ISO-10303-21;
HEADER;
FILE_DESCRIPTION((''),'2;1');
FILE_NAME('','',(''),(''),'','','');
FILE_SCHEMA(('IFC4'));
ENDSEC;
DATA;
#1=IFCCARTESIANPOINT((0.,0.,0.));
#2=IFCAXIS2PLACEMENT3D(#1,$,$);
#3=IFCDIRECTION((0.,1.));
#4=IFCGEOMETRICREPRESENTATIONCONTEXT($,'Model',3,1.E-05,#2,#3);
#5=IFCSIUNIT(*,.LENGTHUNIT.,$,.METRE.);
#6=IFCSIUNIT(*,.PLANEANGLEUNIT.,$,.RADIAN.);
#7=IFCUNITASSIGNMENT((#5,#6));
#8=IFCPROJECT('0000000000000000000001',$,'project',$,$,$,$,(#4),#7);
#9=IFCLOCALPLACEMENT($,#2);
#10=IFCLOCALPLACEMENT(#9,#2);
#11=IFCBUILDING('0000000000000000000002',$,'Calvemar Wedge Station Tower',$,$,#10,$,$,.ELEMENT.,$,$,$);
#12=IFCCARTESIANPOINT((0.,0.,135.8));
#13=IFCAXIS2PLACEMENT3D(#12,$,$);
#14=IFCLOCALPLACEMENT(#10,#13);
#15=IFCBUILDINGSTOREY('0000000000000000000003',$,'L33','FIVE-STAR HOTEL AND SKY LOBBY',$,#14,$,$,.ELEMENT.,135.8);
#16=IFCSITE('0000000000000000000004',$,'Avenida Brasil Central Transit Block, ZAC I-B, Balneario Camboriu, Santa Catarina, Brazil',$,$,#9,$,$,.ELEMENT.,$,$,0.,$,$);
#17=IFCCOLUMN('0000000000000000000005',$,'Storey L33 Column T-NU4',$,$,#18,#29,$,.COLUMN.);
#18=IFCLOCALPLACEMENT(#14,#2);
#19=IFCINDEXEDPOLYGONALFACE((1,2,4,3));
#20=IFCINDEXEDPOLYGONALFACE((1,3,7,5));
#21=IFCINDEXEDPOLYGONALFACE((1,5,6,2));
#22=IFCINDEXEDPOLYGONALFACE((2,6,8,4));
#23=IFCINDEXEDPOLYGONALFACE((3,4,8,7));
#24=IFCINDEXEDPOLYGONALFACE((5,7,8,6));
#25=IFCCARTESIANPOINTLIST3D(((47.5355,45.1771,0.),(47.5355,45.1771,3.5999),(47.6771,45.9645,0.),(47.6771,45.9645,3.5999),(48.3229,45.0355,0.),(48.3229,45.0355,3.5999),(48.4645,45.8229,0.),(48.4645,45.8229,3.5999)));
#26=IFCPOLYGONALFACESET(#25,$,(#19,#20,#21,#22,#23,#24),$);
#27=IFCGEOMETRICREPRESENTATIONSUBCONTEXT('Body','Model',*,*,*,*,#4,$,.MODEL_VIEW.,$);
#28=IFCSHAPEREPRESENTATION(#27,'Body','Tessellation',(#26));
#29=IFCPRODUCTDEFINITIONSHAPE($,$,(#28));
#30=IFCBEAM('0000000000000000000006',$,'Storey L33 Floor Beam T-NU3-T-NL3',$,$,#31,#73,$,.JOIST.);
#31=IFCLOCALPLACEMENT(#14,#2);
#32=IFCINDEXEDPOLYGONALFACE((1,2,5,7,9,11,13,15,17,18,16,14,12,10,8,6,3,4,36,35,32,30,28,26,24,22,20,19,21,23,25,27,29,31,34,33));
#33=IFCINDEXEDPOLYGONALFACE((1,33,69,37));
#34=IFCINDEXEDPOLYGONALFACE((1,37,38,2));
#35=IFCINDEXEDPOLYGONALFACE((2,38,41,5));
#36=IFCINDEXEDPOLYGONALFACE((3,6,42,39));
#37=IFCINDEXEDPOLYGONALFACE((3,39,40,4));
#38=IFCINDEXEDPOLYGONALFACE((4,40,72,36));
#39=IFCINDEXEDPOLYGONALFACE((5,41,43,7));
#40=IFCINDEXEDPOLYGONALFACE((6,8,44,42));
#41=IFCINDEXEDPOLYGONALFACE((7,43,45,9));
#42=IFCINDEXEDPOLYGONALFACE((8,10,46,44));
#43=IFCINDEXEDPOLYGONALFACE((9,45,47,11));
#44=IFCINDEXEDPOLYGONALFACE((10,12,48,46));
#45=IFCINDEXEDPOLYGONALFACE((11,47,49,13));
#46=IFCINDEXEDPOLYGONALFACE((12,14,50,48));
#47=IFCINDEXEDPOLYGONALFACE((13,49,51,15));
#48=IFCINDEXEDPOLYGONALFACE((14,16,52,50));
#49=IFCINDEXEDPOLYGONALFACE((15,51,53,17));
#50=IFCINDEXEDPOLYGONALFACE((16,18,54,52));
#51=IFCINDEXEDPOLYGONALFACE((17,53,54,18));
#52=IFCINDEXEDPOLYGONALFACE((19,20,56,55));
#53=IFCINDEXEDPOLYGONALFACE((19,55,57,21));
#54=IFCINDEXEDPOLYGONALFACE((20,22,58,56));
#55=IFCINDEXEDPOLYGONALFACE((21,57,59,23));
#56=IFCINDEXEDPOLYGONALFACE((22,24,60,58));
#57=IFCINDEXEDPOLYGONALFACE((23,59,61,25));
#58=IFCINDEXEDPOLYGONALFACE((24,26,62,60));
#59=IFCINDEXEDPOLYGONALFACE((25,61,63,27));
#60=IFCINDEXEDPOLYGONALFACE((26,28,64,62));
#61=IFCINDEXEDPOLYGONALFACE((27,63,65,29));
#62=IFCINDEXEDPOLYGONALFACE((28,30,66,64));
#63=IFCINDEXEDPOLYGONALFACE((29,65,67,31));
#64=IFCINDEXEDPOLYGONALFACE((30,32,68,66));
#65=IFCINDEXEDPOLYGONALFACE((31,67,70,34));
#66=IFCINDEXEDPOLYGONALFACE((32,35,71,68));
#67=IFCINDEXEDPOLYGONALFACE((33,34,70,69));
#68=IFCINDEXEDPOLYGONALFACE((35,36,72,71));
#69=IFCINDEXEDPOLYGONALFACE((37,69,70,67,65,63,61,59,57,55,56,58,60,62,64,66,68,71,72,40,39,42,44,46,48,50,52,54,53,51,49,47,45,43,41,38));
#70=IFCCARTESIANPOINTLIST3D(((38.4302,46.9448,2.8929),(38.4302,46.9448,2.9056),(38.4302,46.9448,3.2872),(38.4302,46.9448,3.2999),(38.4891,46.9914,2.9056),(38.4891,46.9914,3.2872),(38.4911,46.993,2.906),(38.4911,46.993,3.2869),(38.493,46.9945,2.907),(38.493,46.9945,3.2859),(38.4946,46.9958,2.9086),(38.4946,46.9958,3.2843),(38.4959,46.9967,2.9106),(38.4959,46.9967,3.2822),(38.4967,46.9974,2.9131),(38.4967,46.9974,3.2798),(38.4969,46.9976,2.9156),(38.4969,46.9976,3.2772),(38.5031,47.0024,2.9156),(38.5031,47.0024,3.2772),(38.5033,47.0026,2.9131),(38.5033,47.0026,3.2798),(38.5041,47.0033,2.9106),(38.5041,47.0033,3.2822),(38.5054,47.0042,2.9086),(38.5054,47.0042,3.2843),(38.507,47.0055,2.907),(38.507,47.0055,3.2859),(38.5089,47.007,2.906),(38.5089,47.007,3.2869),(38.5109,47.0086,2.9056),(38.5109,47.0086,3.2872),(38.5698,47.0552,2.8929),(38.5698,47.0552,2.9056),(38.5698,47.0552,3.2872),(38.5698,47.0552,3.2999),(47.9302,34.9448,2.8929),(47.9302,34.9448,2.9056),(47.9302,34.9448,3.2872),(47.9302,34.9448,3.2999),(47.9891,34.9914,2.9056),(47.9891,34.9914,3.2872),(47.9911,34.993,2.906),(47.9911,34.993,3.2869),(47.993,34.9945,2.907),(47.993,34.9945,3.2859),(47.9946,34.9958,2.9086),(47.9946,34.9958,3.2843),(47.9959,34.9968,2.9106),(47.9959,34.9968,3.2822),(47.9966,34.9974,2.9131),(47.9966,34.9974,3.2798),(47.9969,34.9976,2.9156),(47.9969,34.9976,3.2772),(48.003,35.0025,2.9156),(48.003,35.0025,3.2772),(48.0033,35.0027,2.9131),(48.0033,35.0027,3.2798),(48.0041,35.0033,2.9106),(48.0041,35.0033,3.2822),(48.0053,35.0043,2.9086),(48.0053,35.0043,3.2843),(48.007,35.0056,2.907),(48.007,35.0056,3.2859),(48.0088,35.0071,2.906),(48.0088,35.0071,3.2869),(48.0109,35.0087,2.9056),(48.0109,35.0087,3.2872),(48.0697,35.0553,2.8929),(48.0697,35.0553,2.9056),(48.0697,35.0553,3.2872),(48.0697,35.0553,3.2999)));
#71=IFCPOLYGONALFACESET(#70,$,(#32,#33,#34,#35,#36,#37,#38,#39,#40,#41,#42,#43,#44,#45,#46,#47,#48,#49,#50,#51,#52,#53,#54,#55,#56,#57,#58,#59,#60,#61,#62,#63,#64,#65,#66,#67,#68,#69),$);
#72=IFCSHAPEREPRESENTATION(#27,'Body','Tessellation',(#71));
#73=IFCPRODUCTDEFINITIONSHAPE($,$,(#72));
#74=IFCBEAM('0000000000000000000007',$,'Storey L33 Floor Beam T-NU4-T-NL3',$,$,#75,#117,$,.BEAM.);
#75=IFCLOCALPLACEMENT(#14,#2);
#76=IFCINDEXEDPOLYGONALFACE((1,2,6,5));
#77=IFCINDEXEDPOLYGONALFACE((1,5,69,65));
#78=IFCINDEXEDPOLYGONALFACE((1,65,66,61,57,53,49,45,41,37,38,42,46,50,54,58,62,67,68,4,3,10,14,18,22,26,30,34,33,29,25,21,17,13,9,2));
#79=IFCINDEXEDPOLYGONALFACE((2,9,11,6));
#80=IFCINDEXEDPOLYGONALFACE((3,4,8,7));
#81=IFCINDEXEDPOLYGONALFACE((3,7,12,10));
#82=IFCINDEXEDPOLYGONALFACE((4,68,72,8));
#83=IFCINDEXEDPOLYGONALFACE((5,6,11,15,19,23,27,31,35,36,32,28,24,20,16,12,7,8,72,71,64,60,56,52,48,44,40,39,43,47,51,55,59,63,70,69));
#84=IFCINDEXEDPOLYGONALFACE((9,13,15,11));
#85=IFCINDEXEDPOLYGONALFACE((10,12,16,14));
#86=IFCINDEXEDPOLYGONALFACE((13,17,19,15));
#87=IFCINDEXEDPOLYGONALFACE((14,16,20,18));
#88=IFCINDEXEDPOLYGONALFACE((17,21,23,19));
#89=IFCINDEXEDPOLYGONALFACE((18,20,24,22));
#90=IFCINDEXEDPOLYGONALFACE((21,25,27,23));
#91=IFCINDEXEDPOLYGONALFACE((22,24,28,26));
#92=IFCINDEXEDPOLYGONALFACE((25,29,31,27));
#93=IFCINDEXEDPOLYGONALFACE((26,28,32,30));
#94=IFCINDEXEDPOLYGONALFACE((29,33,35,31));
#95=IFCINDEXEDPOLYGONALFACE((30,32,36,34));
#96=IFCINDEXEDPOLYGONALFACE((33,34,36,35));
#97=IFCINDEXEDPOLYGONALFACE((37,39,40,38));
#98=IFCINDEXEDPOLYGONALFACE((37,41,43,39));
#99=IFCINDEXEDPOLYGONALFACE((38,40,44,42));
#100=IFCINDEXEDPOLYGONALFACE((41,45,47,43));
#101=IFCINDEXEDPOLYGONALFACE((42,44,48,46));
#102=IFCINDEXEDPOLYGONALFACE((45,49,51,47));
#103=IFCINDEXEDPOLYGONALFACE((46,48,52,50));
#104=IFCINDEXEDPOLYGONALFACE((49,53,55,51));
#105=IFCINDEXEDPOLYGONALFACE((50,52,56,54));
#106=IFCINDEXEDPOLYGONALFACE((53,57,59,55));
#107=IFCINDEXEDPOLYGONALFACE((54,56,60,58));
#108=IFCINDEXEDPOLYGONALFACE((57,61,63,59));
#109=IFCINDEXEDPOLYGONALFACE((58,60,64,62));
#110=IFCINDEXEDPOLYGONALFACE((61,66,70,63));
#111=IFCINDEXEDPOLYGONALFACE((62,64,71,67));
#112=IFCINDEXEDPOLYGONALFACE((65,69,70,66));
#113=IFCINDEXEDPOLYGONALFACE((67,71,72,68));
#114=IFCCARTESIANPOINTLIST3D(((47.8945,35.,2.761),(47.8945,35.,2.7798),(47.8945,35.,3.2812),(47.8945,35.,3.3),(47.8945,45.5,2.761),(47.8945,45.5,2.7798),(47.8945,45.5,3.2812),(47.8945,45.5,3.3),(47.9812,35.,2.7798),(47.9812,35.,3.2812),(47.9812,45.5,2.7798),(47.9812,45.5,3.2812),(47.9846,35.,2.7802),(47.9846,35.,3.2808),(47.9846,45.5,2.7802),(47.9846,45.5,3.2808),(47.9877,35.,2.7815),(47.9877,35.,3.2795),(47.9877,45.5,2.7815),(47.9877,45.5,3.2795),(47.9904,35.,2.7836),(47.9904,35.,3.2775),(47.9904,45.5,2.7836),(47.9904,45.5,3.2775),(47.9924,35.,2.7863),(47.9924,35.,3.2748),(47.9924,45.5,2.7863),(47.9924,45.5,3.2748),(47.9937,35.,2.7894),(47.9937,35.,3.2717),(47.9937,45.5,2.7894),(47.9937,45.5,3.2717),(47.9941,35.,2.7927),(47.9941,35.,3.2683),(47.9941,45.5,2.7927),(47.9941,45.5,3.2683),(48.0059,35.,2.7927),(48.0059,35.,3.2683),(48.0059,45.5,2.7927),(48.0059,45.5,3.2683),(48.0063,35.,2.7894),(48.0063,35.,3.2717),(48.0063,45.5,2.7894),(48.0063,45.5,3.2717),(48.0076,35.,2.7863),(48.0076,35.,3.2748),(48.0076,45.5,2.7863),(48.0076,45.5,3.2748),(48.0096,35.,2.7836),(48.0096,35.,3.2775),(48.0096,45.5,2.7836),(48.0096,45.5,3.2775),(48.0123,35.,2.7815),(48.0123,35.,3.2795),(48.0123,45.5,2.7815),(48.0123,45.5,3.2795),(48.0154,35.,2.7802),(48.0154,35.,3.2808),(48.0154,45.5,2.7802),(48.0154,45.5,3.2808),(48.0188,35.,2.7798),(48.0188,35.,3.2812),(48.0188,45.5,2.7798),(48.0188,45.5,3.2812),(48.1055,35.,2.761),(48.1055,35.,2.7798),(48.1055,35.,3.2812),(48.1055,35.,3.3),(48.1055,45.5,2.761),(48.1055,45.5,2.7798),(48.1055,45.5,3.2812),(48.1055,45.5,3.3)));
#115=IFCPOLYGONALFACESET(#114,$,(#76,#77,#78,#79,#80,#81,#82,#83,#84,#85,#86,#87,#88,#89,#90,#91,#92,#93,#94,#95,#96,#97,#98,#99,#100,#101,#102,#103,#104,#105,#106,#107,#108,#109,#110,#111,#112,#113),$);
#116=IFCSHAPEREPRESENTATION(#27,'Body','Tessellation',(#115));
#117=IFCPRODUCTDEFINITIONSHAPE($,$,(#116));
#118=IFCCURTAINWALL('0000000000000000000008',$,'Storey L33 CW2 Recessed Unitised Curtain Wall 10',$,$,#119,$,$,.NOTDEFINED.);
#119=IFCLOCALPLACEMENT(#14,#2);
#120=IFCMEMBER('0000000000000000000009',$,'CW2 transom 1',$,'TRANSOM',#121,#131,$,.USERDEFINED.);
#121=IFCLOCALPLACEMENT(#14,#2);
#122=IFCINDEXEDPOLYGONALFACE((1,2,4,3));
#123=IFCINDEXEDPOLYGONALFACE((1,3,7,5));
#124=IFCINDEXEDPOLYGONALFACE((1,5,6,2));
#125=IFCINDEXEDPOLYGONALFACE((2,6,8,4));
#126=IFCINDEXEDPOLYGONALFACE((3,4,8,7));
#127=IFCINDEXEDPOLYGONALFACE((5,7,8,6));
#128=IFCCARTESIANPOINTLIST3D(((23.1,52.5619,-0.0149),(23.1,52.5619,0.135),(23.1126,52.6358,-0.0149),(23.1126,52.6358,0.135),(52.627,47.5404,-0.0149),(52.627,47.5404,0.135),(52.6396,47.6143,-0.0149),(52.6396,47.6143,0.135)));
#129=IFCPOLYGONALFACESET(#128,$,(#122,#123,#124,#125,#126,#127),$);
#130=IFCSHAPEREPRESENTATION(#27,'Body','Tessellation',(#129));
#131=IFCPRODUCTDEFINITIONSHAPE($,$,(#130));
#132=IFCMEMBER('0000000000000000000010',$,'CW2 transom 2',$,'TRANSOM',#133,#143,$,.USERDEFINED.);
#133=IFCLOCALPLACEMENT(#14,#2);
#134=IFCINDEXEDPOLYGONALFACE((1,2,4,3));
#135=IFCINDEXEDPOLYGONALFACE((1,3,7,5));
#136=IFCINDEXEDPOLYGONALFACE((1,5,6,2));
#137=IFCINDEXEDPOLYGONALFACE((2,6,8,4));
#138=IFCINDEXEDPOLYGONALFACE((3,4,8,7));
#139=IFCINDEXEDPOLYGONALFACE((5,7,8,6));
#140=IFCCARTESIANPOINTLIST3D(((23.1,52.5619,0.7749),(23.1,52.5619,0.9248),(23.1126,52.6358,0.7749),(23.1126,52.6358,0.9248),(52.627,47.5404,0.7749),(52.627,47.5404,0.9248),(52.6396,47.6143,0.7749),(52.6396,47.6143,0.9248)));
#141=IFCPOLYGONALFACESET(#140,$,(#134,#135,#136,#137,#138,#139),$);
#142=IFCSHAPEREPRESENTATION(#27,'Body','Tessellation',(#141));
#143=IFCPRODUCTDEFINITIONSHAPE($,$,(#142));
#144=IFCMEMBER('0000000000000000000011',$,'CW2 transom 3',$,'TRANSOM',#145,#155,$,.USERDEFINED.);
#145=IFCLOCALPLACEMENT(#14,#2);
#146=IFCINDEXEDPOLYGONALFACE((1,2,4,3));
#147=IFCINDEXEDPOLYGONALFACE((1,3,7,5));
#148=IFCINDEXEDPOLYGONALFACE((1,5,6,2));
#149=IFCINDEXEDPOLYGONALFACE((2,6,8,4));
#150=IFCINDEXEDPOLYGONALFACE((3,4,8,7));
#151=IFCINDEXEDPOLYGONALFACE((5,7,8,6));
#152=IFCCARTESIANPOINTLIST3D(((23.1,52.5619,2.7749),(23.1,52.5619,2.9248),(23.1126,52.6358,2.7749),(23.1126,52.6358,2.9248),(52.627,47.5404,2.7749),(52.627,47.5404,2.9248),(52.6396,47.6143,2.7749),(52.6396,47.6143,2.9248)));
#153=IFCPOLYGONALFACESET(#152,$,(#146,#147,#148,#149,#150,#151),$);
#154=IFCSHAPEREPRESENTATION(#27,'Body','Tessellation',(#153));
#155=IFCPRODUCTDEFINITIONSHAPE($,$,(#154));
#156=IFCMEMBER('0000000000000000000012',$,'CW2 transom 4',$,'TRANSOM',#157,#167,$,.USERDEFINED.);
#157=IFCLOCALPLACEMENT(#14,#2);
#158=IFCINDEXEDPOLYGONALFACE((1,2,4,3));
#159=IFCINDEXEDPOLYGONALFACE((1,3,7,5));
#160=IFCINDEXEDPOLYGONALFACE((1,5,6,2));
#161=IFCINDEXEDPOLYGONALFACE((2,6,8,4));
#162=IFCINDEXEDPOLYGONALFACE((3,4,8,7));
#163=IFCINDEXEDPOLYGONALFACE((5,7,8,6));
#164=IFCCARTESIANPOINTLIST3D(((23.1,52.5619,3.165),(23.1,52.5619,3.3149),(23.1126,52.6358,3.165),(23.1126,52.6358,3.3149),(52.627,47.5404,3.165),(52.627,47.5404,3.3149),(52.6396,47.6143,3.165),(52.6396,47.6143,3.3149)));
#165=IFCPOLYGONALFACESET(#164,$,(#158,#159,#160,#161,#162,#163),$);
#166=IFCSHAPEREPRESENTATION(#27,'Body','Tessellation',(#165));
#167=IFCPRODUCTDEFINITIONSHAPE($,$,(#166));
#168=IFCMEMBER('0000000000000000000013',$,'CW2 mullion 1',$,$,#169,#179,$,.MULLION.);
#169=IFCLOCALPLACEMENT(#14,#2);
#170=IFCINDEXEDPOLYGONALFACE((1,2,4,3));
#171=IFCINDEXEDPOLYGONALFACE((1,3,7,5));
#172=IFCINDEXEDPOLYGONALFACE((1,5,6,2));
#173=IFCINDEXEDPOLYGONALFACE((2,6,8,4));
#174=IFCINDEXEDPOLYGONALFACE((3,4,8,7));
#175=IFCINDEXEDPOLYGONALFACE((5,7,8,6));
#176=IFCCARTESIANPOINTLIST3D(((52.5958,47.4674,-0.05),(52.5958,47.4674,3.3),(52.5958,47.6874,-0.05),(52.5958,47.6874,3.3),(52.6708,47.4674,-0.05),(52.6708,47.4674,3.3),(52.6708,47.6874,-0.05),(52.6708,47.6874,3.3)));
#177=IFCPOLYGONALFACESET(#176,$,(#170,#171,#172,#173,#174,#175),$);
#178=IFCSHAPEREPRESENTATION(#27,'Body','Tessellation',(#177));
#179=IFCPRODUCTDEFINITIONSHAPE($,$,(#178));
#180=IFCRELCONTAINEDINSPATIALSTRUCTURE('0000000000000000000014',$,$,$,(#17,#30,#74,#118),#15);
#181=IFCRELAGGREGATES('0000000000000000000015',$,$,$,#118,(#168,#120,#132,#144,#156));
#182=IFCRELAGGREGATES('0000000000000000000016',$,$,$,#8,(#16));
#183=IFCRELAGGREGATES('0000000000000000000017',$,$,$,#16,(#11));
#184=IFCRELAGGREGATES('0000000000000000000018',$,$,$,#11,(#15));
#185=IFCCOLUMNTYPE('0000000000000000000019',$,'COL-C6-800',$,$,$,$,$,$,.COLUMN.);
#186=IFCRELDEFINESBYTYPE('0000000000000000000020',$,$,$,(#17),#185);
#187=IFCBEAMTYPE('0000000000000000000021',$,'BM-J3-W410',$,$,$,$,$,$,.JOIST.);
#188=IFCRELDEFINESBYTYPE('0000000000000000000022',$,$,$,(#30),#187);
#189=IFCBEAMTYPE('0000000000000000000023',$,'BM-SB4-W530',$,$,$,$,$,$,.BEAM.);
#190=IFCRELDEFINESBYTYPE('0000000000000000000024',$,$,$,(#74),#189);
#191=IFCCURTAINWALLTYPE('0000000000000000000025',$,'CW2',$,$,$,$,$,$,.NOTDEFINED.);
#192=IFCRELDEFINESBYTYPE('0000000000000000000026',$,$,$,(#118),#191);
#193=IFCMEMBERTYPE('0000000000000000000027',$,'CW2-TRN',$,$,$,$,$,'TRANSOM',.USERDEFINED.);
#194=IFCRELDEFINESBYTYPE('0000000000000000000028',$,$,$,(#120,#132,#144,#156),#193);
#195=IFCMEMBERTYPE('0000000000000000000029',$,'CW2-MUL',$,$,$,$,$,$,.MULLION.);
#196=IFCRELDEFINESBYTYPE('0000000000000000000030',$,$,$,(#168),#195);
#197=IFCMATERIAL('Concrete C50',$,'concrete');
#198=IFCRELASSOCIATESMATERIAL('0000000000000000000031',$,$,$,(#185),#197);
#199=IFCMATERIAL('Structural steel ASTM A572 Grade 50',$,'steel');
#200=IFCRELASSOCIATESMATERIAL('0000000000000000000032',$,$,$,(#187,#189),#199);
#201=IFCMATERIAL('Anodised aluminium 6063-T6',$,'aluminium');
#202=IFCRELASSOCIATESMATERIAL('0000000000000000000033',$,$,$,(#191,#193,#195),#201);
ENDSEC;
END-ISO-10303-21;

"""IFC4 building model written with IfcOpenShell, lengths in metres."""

from ifc_helpers import new_model, si_unit, direction, frame, origin, origin_2d, place, context, subcontext, project, spatial, rectangle, i_section, extrude, source, transform, mapped, material, material_profile, profile_set, type_object, element, aggregate, save


model = new_model("IFC4")

# Units and contexts
model_context = context("Model", 3, precision=1e-05, world=origin(), true_north=direction((0.0, 1.0)))
body_context = subcontext(model_context, "Body", "Model", "MODEL_VIEW")
ifc_project = project(units=[si_unit("LENGTHUNIT", "METRE"), si_unit("PLANEANGLEUNIT", "RADIAN")], contexts=[model_context])

# Site, building, storey
site_placement = place(None, origin())
site = spatial("IfcSite", under=ifc_project, at=site_placement, Name="Avenida Brasil Central Transit Block, ZAC I-B, Balneario Camboriu, Santa Catarina, Brazil", CompositionType="ELEMENT", RefElevation=0.0)
building_placement = place(site_placement, origin())
building = spatial("IfcBuilding", under=site, at=building_placement, Name="Calvemar Wedge Station Tower", CompositionType="ELEMENT")
storey_placement = place(building_placement, frame((0.0, 0.0, 135.8)))
storey = spatial("IfcBuildingStorey", under=building, at=storey_placement, Name="L33", Description="FIVE-STAR HOTEL AND SKY LOBBY", CompositionType="ELEMENT", Elevation=135.8)

# Column
ifc_material_1 = material(Name="Concrete C50", Category="concrete")
ifc_material_profile_1 = material_profile(ifc_material_1, rectangle(XDim=0.8, YDim=0.8, at=origin_2d()), Name="RC800x800")
ifc_profile_set_1 = profile_set([ifc_material_profile_1], Name="Concrete C50")
column_type = type_object("IfcColumnType", Name="COL-C6-800", PredefinedType="COLUMN", material=ifc_profile_set_1)
shared_shape_1 = source(origin(), body_context, "Body", "SweptSolid", [
    extrude(rectangle(XDim=0.8, YDim=0.8, at=origin_2d()), origin(), (0.0, 0.0, 1.0), 3.5999),
])
column_placement = place(storey_placement, frame((48.0, 45.5, 0.0), z_axis=(0.0, 0.0, 1.0), x_axis=(0.984196, -0.177085, 0.0)))
element("IfcColumn", 1, at=column_placement, inside=storey, type_object=column_type, Name="Storey L33 Column T-NU4", PredefinedType="COLUMN", context=body_context, shape_type="MappedRepresentation", body=[
    mapped(shared_shape_1, transform((0.0, 0.0, 0.0), scale=1.0)),
])

# Beams
ifc_material_2 = material(Name="Structural steel ASTM A572 Grade 50", Category="steel")
ifc_material_profile_2 = material_profile(ifc_material_2, i_section(OverallWidth=0.178, OverallDepth=0.407, WebThickness=0.0078, FlangeThickness=0.0127, FilletRadius=0.01, at=origin_2d()), Name="W410x60")
ifc_profile_set_2 = profile_set([ifc_material_profile_2], Name="Structural steel ASTM A572 Grade 50")
beam_type_1 = type_object("IfcBeamType", Name="BM-J3-W410", PredefinedType="JOIST", material=ifc_profile_set_2)
shared_shape_2 = source(origin(), body_context, "Body", "SweptSolid", [
    extrude(i_section(OverallWidth=0.178, OverallDepth=0.407, WebThickness=0.0078, FlangeThickness=0.0127, FilletRadius=0.01, at=origin_2d()), origin(), (0.0, 0.0, 1.0), 15.3052),
])
beam_1_placement = place(storey_placement, frame((38.5, 47.0, 3.0964), z_axis=(0.620703, -0.784046, 0.0), x_axis=(0.784046, 0.620703, 0.0)))
element("IfcBeam", 2, at=beam_1_placement, inside=storey, type_object=beam_type_1, Name="Storey L33 Floor Beam T-NU3-T-NL3", PredefinedType="JOIST", context=body_context, shape_type="MappedRepresentation", body=[
    mapped(shared_shape_2, transform((0.0, 0.0, 0.0), scale=1.0)),
])
ifc_material_profile_3 = material_profile(ifc_material_2, i_section(OverallWidth=0.2109, OverallDepth=0.5391, WebThickness=0.0117, FlangeThickness=0.0188, FilletRadius=0.0129, at=origin_2d()), Name="W530x109")
ifc_profile_set_3 = profile_set([ifc_material_profile_3], Name="Structural steel ASTM A572 Grade 50")
beam_type_2 = type_object("IfcBeamType", Name="BM-SB4-W530", PredefinedType="BEAM", material=ifc_profile_set_3)
shared_shape_3 = source(origin(), body_context, "Body", "SweptSolid", [
    extrude(i_section(OverallWidth=0.2109, OverallDepth=0.5391, WebThickness=0.0117, FlangeThickness=0.0188, FilletRadius=0.0129, at=origin_2d()), origin(), (0.0, 0.0, 1.0), 10.5),
])
beam_2_placement = place(storey_placement, frame((48.0, 45.5, 3.0305), z_axis=(0.0, -1.0, 0.0), x_axis=(1.0, 0.0, 0.0)))
element("IfcBeam", 3, at=beam_2_placement, inside=storey, type_object=beam_type_2, Name="Storey L33 Floor Beam T-NU4-T-NL3", PredefinedType="BEAM", context=body_context, shape_type="MappedRepresentation", body=[
    mapped(shared_shape_3, transform((0.0, 0.0, 0.0), scale=1.0)),
])

# Curtain wall, members
ifc_material_3 = material(Name="Anodised aluminium 6063-T6", Category="aluminium")
curtain_wall_type = type_object("IfcCurtainWallType", Name="CW2", PredefinedType="NOTDEFINED", material=ifc_material_3)
curtain_wall_placement = place(storey_placement, origin())
curtain_wall = element("IfcCurtainWall", 4, at=curtain_wall_placement, inside=storey, type_object=curtain_wall_type, Name="Storey L33 CW2 Recessed Unitised Curtain Wall 10", PredefinedType="NOTDEFINED")
ifc_material_profile_4 = material_profile(ifc_material_3, rectangle(XDim=0.075, YDim=0.1499, at=origin_2d()), Name="AL-TRN-75x150")
ifc_profile_set_4 = profile_set([ifc_material_profile_4], Name="Anodised aluminium 6063-T6")
member_type_1 = type_object("IfcMemberType", Name="CW2-TRN", ElementType="TRANSOM", PredefinedType="USERDEFINED", material=ifc_profile_set_4)
shared_shape_4 = source(origin(), body_context, "Body", "SweptSolid", [
    extrude(rectangle(XDim=0.075, YDim=0.1499, at=origin_2d()), origin(), (0.0, 0.0, 1.0), 29.9509),
])
member_1_placement = place(storey_placement, frame((52.6333, 47.5774, 0.0601), z_axis=(-0.985845, 0.167656, 0.0), x_axis=(-0.167656, -0.985845, 0.0)))
member_1 = element("IfcMember", 5, at=member_1_placement, type_object=member_type_1, Name="CW2 transom 1", ObjectType="TRANSOM", PredefinedType="USERDEFINED", context=body_context, shape_type="MappedRepresentation", body=[
    mapped(shared_shape_4, transform((0.0, 0.0, 0.0), scale=1.0)),
])
member_2_placement = place(storey_placement, frame((52.6333, 47.5774, 0.8499), z_axis=(-0.985845, 0.167656, 0.0), x_axis=(-0.167656, -0.985845, 0.0)))
member_2 = element("IfcMember", 6, at=member_2_placement, type_object=member_type_1, Name="CW2 transom 2", ObjectType="TRANSOM", PredefinedType="USERDEFINED", context=body_context, shape_type="MappedRepresentation", body=[
    mapped(shared_shape_4, transform((0.0, 0.0, 0.0), scale=1.0)),
])
member_3_placement = place(storey_placement, frame((52.6333, 47.5774, 2.8499), z_axis=(-0.985845, 0.167656, 0.0), x_axis=(-0.167656, -0.985845, 0.0)))
member_3 = element("IfcMember", 7, at=member_3_placement, type_object=member_type_1, Name="CW2 transom 3", ObjectType="TRANSOM", PredefinedType="USERDEFINED", context=body_context, shape_type="MappedRepresentation", body=[
    mapped(shared_shape_4, transform((0.0, 0.0, 0.0), scale=1.0)),
])
member_4_placement = place(storey_placement, frame((52.6333, 47.5774, 3.24), z_axis=(-0.985845, 0.167656, 0.0), x_axis=(-0.167656, -0.985845, 0.0)))
member_4 = element("IfcMember", 8, at=member_4_placement, type_object=member_type_1, Name="CW2 transom 4", ObjectType="TRANSOM", PredefinedType="USERDEFINED", context=body_context, shape_type="MappedRepresentation", body=[
    mapped(shared_shape_4, transform((0.0, 0.0, 0.0), scale=1.0)),
])
ifc_material_profile_5 = material_profile(ifc_material_3, rectangle(XDim=0.075, YDim=0.22, at=origin_2d()), Name="AL-MUL-75x220")
ifc_profile_set_5 = profile_set([ifc_material_profile_5], Name="Anodised aluminium 6063-T6")
member_type_2 = type_object("IfcMemberType", Name="CW2-MUL", PredefinedType="MULLION", material=ifc_profile_set_5)
shared_shape_5 = source(origin(), body_context, "Body", "SweptSolid", [
    extrude(rectangle(XDim=0.075, YDim=0.22, at=origin_2d()), origin(), (0.0, 0.0, 1.0), 3.3501),
])
member_5_placement = place(storey_placement, frame((52.6333, 47.5774, -0.05), z_axis=(0.0, 0.0, 1.0), x_axis=(1.0, 0.0, 0.0)))
member_5 = element("IfcMember", 9, at=member_5_placement, type_object=member_type_2, Name="CW2 mullion 1", PredefinedType="MULLION", context=body_context, shape_type="MappedRepresentation", body=[
    mapped(shared_shape_5, transform((0.0, 0.0, 0.0), scale=1.0)),
])
aggregate(curtain_wall, [member_5, member_1, member_2, member_3, member_4])

save(model, "model.ifc")
